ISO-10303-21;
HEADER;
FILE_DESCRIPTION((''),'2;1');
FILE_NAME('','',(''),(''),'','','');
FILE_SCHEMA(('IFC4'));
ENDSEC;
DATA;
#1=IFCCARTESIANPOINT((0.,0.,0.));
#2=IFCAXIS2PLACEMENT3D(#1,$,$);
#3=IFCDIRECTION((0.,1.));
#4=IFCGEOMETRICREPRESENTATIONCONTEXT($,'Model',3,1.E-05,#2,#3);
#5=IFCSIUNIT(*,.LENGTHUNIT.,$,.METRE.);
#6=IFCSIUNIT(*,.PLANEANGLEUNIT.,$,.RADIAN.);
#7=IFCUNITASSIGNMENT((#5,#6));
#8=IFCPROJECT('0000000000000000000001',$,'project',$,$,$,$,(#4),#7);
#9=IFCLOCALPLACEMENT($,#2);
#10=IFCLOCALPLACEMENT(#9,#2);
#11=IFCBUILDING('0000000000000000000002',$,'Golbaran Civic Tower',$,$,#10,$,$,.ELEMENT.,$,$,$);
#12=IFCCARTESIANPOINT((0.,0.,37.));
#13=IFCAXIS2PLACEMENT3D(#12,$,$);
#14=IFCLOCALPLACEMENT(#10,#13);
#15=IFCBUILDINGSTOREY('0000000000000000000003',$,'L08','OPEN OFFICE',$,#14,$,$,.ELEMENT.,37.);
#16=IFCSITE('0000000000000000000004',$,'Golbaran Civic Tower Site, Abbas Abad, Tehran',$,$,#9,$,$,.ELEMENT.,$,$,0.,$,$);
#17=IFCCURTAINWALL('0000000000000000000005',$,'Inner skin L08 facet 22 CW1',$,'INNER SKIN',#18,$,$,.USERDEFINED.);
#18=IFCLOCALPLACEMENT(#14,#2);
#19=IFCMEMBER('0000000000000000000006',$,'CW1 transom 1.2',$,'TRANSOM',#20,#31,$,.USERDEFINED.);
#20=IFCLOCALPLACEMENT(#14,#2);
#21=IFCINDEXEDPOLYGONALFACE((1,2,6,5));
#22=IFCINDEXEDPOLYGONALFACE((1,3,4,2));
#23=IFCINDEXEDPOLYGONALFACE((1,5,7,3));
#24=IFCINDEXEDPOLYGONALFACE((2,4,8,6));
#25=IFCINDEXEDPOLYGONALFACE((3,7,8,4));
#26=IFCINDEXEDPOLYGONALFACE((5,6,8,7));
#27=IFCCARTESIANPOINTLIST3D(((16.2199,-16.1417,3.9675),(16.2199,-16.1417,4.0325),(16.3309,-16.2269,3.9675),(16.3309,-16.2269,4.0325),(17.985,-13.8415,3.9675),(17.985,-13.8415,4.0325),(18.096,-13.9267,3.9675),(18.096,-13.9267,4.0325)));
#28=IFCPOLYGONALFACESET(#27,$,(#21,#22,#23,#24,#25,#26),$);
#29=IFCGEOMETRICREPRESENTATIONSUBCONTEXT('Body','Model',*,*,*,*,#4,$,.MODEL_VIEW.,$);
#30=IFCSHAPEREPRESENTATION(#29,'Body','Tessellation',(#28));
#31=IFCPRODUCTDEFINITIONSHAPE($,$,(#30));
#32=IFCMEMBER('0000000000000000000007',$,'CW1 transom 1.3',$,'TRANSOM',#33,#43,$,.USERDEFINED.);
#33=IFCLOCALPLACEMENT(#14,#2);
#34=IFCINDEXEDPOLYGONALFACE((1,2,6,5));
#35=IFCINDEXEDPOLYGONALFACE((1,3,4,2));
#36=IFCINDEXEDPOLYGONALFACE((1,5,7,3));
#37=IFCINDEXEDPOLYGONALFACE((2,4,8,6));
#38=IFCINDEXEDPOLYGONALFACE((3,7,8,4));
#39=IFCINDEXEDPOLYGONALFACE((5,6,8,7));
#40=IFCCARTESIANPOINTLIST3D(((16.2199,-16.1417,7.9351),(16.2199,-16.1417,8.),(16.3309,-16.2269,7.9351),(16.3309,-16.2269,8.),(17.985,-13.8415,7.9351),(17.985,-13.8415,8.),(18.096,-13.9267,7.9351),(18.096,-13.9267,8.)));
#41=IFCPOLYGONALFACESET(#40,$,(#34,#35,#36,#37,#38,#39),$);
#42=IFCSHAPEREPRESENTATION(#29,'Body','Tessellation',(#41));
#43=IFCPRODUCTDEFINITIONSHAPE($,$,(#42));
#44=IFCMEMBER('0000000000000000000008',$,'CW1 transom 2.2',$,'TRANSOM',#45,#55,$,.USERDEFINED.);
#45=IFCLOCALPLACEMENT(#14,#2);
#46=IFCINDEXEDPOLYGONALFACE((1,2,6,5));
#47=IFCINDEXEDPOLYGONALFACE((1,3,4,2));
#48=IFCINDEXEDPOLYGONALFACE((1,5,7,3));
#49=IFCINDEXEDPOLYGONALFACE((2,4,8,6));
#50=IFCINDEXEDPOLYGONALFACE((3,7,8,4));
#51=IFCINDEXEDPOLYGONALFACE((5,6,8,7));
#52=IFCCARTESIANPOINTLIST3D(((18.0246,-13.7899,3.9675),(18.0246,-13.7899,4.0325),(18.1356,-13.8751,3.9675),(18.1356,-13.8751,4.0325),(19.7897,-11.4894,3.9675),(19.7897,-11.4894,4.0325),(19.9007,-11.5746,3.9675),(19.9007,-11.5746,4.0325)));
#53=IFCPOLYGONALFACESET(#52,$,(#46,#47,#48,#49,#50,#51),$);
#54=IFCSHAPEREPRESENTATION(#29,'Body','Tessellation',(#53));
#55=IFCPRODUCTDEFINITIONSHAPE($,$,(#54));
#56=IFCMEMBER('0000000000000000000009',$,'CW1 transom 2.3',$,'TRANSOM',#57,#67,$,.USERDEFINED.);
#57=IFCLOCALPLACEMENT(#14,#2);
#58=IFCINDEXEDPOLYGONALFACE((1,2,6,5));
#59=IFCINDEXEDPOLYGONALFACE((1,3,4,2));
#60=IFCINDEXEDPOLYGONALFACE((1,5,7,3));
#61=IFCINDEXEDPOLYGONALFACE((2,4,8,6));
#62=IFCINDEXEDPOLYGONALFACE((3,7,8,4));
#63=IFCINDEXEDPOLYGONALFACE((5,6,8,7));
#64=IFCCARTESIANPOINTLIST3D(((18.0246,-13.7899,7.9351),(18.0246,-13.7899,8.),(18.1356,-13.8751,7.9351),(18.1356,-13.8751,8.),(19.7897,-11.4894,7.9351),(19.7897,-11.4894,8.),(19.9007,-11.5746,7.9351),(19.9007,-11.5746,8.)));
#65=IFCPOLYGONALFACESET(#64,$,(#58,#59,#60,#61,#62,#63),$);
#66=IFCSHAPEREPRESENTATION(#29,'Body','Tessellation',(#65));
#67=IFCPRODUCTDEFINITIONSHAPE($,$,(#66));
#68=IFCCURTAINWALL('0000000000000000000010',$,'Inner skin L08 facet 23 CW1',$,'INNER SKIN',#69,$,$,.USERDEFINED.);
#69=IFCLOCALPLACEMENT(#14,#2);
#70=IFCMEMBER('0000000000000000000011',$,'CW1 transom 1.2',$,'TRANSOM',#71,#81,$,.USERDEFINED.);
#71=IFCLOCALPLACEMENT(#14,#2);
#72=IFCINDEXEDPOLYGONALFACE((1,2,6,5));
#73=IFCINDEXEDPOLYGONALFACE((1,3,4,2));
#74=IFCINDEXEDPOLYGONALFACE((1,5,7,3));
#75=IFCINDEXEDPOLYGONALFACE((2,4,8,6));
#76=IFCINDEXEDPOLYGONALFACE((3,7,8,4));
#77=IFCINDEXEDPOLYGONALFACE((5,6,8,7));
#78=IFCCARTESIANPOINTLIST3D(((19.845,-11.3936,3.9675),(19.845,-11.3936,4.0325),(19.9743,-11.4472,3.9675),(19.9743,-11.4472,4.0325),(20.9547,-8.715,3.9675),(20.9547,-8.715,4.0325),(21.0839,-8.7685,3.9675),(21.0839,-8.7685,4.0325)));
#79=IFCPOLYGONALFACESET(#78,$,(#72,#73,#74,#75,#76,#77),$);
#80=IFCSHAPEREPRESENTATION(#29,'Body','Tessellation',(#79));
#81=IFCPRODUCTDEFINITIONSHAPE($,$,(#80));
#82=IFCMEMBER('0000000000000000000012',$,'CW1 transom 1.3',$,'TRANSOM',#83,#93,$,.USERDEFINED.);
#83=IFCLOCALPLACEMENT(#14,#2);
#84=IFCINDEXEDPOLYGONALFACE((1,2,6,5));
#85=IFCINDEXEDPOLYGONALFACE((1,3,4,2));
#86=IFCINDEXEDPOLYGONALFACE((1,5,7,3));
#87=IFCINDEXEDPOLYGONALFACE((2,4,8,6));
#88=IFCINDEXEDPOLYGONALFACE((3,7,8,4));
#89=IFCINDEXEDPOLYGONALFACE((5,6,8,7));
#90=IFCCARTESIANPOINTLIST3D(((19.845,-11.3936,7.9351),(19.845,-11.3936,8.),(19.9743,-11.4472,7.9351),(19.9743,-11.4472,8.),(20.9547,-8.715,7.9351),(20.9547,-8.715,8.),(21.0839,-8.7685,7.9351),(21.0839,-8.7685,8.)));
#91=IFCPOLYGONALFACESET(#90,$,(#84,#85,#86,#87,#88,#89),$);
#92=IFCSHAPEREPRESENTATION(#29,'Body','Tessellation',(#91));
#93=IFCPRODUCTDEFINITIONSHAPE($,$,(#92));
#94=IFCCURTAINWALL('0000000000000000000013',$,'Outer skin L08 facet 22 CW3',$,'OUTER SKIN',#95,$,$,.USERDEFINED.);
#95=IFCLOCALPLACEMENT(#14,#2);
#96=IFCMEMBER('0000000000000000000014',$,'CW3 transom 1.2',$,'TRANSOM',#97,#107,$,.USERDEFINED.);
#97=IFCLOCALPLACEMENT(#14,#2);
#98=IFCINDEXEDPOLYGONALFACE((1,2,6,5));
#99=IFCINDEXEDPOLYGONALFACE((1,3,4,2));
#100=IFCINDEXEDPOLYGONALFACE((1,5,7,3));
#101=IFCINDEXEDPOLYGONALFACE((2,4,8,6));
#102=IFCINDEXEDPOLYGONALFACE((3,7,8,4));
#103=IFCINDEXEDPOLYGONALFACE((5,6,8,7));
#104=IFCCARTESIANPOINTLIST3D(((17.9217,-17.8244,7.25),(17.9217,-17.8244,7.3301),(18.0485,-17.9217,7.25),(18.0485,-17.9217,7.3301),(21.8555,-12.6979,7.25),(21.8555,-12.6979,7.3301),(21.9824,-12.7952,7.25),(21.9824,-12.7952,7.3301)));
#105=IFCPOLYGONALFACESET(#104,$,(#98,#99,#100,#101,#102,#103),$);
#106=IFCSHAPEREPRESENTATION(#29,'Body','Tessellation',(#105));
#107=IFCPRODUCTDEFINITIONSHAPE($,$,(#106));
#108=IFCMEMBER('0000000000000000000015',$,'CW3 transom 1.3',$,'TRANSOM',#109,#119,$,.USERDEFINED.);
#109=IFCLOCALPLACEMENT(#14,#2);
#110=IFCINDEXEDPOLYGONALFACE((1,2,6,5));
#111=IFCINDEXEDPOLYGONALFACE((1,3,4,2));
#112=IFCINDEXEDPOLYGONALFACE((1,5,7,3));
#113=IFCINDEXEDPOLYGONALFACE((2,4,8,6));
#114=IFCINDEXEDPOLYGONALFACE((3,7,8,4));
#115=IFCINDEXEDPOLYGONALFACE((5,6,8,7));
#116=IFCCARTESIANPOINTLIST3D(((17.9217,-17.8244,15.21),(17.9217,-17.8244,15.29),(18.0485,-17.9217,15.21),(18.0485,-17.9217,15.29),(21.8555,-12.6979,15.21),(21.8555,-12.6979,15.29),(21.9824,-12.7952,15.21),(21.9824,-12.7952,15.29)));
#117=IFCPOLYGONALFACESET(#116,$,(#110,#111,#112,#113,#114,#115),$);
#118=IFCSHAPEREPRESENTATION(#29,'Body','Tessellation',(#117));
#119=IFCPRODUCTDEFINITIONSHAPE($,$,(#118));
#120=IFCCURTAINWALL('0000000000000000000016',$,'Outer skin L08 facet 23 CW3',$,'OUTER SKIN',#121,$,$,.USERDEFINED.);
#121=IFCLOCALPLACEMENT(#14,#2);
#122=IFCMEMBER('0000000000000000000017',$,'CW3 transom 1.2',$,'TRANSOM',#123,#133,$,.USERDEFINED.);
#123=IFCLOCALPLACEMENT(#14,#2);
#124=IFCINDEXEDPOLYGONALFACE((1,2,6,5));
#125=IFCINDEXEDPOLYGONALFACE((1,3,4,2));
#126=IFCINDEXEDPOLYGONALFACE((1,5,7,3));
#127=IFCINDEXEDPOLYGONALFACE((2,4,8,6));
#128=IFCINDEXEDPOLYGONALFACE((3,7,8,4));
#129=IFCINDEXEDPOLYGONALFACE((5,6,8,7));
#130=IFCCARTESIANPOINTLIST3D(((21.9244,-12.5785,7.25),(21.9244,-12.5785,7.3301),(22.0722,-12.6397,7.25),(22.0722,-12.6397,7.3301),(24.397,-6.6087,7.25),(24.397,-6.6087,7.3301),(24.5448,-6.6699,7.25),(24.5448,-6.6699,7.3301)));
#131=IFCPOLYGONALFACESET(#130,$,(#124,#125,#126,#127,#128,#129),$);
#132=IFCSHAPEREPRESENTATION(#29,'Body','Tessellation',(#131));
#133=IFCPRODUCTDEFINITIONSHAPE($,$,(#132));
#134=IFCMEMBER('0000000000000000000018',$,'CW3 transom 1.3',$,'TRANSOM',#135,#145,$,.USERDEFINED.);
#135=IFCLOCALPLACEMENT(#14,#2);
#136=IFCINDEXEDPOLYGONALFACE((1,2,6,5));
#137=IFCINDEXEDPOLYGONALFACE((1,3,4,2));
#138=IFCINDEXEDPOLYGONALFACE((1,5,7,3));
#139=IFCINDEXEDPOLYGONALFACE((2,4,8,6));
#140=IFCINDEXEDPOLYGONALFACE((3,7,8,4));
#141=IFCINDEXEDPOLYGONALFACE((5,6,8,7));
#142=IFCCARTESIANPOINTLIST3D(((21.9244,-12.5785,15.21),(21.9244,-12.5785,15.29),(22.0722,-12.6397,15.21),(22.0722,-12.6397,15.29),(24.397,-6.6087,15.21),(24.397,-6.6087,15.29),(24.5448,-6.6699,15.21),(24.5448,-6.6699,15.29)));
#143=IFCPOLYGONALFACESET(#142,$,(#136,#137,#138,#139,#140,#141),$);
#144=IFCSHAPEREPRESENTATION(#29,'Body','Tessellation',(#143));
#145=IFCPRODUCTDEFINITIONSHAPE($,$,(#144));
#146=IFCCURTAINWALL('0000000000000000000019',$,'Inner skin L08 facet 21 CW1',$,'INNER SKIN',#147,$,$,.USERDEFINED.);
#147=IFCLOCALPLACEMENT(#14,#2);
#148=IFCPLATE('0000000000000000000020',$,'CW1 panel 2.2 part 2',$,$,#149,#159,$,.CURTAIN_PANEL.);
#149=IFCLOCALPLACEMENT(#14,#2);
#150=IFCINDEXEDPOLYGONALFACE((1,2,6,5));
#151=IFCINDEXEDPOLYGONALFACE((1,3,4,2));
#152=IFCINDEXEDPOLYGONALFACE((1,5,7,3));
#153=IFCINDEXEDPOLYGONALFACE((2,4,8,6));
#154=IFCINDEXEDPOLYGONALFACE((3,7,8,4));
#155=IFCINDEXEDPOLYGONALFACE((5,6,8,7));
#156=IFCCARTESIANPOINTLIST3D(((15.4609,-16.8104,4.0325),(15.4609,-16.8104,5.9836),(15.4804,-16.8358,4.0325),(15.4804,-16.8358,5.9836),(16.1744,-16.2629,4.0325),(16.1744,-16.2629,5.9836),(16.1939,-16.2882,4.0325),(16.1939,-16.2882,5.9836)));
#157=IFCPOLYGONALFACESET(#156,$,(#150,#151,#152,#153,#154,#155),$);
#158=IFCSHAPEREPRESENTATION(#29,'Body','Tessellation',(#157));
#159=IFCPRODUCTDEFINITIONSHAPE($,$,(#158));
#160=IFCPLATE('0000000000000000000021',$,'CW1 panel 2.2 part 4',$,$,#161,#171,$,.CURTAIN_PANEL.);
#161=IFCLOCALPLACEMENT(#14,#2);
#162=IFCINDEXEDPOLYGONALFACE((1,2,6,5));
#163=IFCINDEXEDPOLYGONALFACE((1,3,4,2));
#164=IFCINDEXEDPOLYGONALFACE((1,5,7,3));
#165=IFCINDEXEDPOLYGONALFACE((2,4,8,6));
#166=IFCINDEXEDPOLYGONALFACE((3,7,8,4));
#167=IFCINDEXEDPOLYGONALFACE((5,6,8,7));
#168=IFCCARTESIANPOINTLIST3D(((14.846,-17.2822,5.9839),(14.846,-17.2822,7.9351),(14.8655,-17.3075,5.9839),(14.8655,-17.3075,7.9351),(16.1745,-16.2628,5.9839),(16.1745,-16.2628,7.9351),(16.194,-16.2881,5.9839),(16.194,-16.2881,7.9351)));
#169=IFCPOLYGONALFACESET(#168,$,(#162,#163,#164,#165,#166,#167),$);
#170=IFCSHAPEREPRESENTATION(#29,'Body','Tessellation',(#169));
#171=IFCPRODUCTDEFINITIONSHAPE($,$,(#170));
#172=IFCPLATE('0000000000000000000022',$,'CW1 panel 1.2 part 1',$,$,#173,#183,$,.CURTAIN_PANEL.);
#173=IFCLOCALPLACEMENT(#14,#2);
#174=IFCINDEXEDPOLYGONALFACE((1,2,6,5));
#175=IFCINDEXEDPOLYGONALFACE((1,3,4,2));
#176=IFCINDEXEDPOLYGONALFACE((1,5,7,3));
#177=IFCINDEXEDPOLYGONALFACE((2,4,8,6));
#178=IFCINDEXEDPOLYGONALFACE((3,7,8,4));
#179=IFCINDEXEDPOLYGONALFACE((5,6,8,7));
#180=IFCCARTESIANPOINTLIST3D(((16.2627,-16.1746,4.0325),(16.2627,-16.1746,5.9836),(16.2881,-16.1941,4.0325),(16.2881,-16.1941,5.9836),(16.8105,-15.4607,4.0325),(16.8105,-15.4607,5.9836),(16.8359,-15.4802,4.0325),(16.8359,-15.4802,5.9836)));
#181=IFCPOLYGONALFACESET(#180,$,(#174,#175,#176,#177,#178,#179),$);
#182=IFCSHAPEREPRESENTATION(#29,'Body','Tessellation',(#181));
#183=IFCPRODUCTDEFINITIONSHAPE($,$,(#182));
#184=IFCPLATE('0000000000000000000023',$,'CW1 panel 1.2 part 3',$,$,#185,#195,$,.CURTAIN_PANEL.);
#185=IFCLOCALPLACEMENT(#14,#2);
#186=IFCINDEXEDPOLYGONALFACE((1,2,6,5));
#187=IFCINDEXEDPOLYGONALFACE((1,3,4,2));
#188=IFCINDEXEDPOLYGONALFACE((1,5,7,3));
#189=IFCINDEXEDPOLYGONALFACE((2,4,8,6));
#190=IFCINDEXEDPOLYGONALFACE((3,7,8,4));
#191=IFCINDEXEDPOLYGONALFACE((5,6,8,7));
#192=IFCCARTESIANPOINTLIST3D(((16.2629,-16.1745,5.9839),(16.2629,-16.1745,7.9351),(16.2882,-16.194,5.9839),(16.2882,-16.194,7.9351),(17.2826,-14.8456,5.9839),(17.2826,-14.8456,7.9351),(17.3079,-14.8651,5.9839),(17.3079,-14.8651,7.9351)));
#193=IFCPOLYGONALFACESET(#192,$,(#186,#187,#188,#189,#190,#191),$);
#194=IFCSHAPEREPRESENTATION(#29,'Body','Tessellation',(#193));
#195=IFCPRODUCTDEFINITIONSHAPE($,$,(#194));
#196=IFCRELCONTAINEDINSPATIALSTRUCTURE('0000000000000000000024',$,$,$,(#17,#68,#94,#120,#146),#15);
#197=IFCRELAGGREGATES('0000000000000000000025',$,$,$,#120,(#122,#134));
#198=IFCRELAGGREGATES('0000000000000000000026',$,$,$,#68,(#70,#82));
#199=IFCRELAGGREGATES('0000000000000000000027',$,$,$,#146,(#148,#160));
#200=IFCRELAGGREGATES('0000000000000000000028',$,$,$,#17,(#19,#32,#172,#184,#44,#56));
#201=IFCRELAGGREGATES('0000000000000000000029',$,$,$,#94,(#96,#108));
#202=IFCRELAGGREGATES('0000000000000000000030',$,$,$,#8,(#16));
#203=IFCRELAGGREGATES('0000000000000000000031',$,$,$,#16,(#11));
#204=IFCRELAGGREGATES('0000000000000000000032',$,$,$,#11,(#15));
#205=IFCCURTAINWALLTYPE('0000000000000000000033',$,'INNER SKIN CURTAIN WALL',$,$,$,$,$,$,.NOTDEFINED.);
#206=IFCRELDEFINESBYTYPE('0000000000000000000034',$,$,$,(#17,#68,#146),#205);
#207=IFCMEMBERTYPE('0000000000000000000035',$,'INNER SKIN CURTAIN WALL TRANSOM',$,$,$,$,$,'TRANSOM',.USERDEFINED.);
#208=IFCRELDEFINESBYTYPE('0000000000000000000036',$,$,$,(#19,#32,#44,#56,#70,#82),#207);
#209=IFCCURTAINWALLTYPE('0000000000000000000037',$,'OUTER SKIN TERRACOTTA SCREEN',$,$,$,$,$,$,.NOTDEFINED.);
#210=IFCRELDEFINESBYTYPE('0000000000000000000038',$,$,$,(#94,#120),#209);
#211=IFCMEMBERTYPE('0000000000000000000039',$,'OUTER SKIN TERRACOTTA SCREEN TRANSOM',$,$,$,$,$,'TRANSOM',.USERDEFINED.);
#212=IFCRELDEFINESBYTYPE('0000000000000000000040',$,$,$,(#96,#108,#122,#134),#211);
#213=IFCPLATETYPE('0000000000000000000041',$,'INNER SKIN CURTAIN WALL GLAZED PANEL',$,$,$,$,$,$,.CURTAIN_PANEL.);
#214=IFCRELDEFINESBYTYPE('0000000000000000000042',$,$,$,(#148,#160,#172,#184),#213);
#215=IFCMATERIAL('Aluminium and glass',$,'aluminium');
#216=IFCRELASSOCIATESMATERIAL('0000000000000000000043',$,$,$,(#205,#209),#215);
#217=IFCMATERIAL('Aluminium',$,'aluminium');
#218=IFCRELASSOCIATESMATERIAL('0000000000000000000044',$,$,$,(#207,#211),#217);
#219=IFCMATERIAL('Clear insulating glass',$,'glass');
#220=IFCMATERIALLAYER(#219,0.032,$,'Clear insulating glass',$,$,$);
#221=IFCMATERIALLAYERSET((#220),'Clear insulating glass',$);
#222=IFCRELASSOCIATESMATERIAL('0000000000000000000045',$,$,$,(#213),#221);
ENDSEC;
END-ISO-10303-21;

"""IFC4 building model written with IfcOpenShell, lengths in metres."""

from ifc_helpers import new_model, si_unit, direction, frame, origin, origin_2d, place, context, subcontext, project, spatial, rectangle, extrude, material, layer, layer_set, material_profile, profile_set, type_object, element, aggregate, save


model = new_model("IFC4")

# Units and contexts
model_context = context("Model", 3, precision=1e-05, world=origin(), true_north=direction((0.0, 1.0)))
body_context = subcontext(model_context, "Body", "Model", "MODEL_VIEW")
ifc_project = project(units=[si_unit("LENGTHUNIT", "METRE"), si_unit("PLANEANGLEUNIT", "RADIAN")], contexts=[model_context])

# Site, building, storey
site_placement = place(None, origin())
site = spatial("IfcSite", under=ifc_project, at=site_placement, Name="Golbaran Civic Tower Site, Abbas Abad, Tehran", CompositionType="ELEMENT", RefElevation=0.0)
building_placement = place(site_placement, origin())
building = spatial("IfcBuilding", under=site, at=building_placement, Name="Golbaran Civic Tower", CompositionType="ELEMENT")
storey_placement = place(building_placement, frame((0.0, 0.0, 37.0)))
storey = spatial("IfcBuildingStorey", under=building, at=storey_placement, Name="L08", Description="OPEN OFFICE", CompositionType="ELEMENT", Elevation=37.0)

# Curtain walls, members
ifc_material_1 = material(Name="Aluminium and glass", Category="aluminium")
curtain_wall_type_1 = type_object("IfcCurtainWallType", Name="INNER SKIN CURTAIN WALL", PredefinedType="NOTDEFINED", material=ifc_material_1)
curtain_wall_1_placement = place(storey_placement, origin())
curtain_wall_1 = element("IfcCurtainWall", 1, at=curtain_wall_1_placement, inside=storey, type_object=curtain_wall_type_1, Name="Inner skin L08 facet 22 CW1", ObjectType="INNER SKIN", PredefinedType="USERDEFINED")
ifc_material_2 = material(Name="Aluminium", Category="aluminium")
ifc_material_profile_1 = material_profile(ifc_material_2, rectangle(XDim=0.1399, YDim=0.0649, at=origin_2d()), Name="INNER SKIN CURTAIN WALL TRANSOM")
ifc_profile_set_1 = profile_set([ifc_material_profile_1], Name="Aluminium")
member_type_1 = type_object("IfcMemberType", Name="INNER SKIN CURTAIN WALL TRANSOM", ElementType="TRANSOM", PredefinedType="USERDEFINED", material=ifc_profile_set_1)
member_1_placement = place(storey_placement, frame((16.2754, -16.1843, 4.0), z_axis=(0.608774, 0.793343, 0.0), x_axis=(-0.793343, 0.608774, 0.0)))
member_1 = element("IfcMember", 2, at=member_1_placement, type_object=member_type_1, Name="CW1 transom 1.2", ObjectType="TRANSOM", PredefinedType="USERDEFINED", context=body_context, shape_type="SweptSolid", body=[
    extrude(rectangle(XDim=0.1399, YDim=0.0649, at=origin_2d()), origin(), (0.0, 0.0, 1.0), 2.8994),
])
member_2_placement = place(storey_placement, frame((16.2754, -16.1843, 7.9675), z_axis=(0.608774, 0.793343, 0.0), x_axis=(-0.793343, 0.608774, 0.0)))
member_2 = element("IfcMember", 3, at=member_2_placement, type_object=member_type_1, Name="CW1 transom 1.3", ObjectType="TRANSOM", PredefinedType="USERDEFINED", context=body_context, shape_type="SweptSolid", body=[
    extrude(rectangle(XDim=0.1399, YDim=0.0649, at=origin_2d()), origin(), (0.0, 0.0, 1.0), 2.8994),
])
member_3_placement = place(storey_placement, frame((18.0801, -13.8325, 4.0), z_axis=(0.608734, 0.793375, 0.0), x_axis=(-0.793375, 0.608734, 0.0)))
member_3 = element("IfcMember", 4, at=member_3_placement, type_object=member_type_1, Name="CW1 transom 2.2", ObjectType="TRANSOM", PredefinedType="USERDEFINED", context=body_context, shape_type="SweptSolid", body=[
    extrude(rectangle(XDim=0.1399, YDim=0.0649, at=origin_2d()), origin(), (0.0, 0.0, 1.0), 2.8997),
])
member_4_placement = place(storey_placement, frame((18.0801, -13.8325, 7.9675), z_axis=(0.608734, 0.793375, 0.0), x_axis=(-0.793375, 0.608734, 0.0)))
member_4 = element("IfcMember", 5, at=member_4_placement, type_object=member_type_1, Name="CW1 transom 2.3", ObjectType="TRANSOM", PredefinedType="USERDEFINED", context=body_context, shape_type="SweptSolid", body=[
    extrude(rectangle(XDim=0.1399, YDim=0.0649, at=origin_2d()), origin(), (0.0, 0.0, 1.0), 2.8997),
])
curtain_wall_2_placement = place(storey_placement, origin())
curtain_wall_2 = element("IfcCurtainWall", 6, at=curtain_wall_2_placement, inside=storey, type_object=curtain_wall_type_1, Name="Inner skin L08 facet 23 CW1", ObjectType="INNER SKIN", PredefinedType="USERDEFINED")
member_5_placement = place(storey_placement, frame((19.9097, -11.4204, 4.0), z_axis=(0.382701, 0.923872, 0.0), x_axis=(-0.923872, 0.382701, 0.0)))
member_5 = element("IfcMember", 7, at=member_5_placement, type_object=member_type_1, Name="CW1 transom 1.2", ObjectType="TRANSOM", PredefinedType="USERDEFINED", context=body_context, shape_type="SweptSolid", body=[
    extrude(rectangle(XDim=0.1399, YDim=0.0649, at=origin_2d()), origin(), (0.0, 0.0, 1.0), 2.8994),
])
member_6_placement = place(storey_placement, frame((19.9097, -11.4204, 7.9675), z_axis=(0.382701, 0.923872, 0.0), x_axis=(-0.923872, 0.382701, 0.0)))
member_6 = element("IfcMember", 8, at=member_6_placement, type_object=member_type_1, Name="CW1 transom 1.3", ObjectType="TRANSOM", PredefinedType="USERDEFINED", context=body_context, shape_type="SweptSolid", body=[
    extrude(rectangle(XDim=0.1399, YDim=0.0649, at=origin_2d()), origin(), (0.0, 0.0, 1.0), 2.8994),
])
curtain_wall_type_2 = type_object("IfcCurtainWallType", Name="OUTER SKIN TERRACOTTA SCREEN", PredefinedType="NOTDEFINED", material=ifc_material_1)
curtain_wall_3_placement = place(storey_placement, origin())
curtain_wall_3 = element("IfcCurtainWall", 9, at=curtain_wall_3_placement, inside=storey, type_object=curtain_wall_type_2, Name="Outer skin L08 facet 22 CW3", ObjectType="OUTER SKIN", PredefinedType="USERDEFINED")
ifc_material_profile_2 = material_profile(ifc_material_2, rectangle(XDim=0.1599, YDim=0.0801, at=origin_2d()), Name="OUTER SKIN TERRACOTTA SCREEN TRANSOM")
ifc_profile_set_2 = profile_set([ifc_material_profile_2], Name="Aluminium")
member_type_2 = type_object("IfcMemberType", Name="OUTER SKIN TERRACOTTA SCREEN TRANSOM", ElementType="TRANSOM", PredefinedType="USERDEFINED", material=ifc_profile_set_2)
member_7_placement = place(storey_placement, frame((17.9851, -17.873, 7.29), z_axis=(0.608777, 0.793341, 0.0), x_axis=(-0.793341, 0.608777, 0.0)))
member_7 = element("IfcMember", 10, at=member_7_placement, type_object=member_type_2, Name="CW3 transom 1.2", ObjectType="TRANSOM", PredefinedType="USERDEFINED", context=body_context, shape_type="SweptSolid", body=[
    extrude(rectangle(XDim=0.1599, YDim=0.0801, at=origin_2d()), origin(), (0.0, 0.0, 1.0), 6.4619),
])
member_8_placement = place(storey_placement, frame((17.9851, -17.873, 15.25), z_axis=(0.608777, 0.793341, 0.0), x_axis=(-0.793341, 0.608777, 0.0)))
member_8 = element("IfcMember", 11, at=member_8_placement, type_object=member_type_2, Name="CW3 transom 1.3", ObjectType="TRANSOM", PredefinedType="USERDEFINED", context=body_context, shape_type="SweptSolid", body=[
    extrude(rectangle(XDim=0.1599, YDim=0.0801, at=origin_2d()), origin(), (0.0, 0.0, 1.0), 6.4619),
])
curtain_wall_4_placement = place(storey_placement, origin())
curtain_wall_4 = element("IfcCurtainWall", 12, at=curtain_wall_4_placement, inside=storey, type_object=curtain_wall_type_2, Name="Outer skin L08 facet 23 CW3", ObjectType="OUTER SKIN", PredefinedType="USERDEFINED")
member_9_placement = place(storey_placement, frame((21.9983, -12.6091, 7.29), z_axis=(0.382659, 0.92389, 0.0), x_axis=(-0.92389, 0.382659, 0.0)))
member_9 = element("IfcMember", 13, at=member_9_placement, type_object=member_type_2, Name="CW3 transom 1.2", ObjectType="TRANSOM", PredefinedType="USERDEFINED", context=body_context, shape_type="SweptSolid", body=[
    extrude(rectangle(XDim=0.1599, YDim=0.0801, at=origin_2d()), origin(), (0.0, 0.0, 1.0), 6.4617),
])
member_10_placement = place(storey_placement, frame((21.9983, -12.6091, 15.25), z_axis=(0.382659, 0.92389, 0.0), x_axis=(-0.92389, 0.382659, 0.0)))
member_10 = element("IfcMember", 14, at=member_10_placement, type_object=member_type_2, Name="CW3 transom 1.3", ObjectType="TRANSOM", PredefinedType="USERDEFINED", context=body_context, shape_type="SweptSolid", body=[
    extrude(rectangle(XDim=0.1599, YDim=0.0801, at=origin_2d()), origin(), (0.0, 0.0, 1.0), 6.4617),
])
aggregate(curtain_wall_4, [member_9, member_10])

# Curtain wall, plates
curtain_wall_5_placement = place(storey_placement, origin())
curtain_wall_5 = element("IfcCurtainWall", 15, at=curtain_wall_5_placement, inside=storey, type_object=curtain_wall_type_1, Name="Inner skin L08 facet 21 CW1", ObjectType="INNER SKIN", PredefinedType="USERDEFINED")
ifc_material_3 = material(Name="Clear insulating glass", Category="glass")
ifc_layer_1 = layer(ifc_material_3, 0.032, Name="Clear insulating glass")
ifc_layer_set_1 = layer_set([ifc_layer_1], Name="Clear insulating glass")
plate_type_1 = type_object("IfcPlateType", Name="INNER SKIN CURTAIN WALL GLAZED PANEL", PredefinedType="CURTAIN_PANEL", material=ifc_layer_set_1)
plate_1_placement = place(storey_placement, frame((15.8274, -16.5493, 4.0325), z_axis=(0.0, 0.0, 1.0), x_axis=(0.793353, 0.608761, 0.0)))
plate_1 = element("IfcPlate", 16, at=plate_1_placement, type_object=plate_type_1, Name="CW1 panel 2.2 part 2", PredefinedType="CURTAIN_PANEL", context=body_context, shape_type="SweptSolid", body=[
    extrude(rectangle(XDim=0.8994, YDim=0.032, at=origin_2d()), origin(), (0.0, 0.0, 1.0), 1.9512),
])
plate_2_placement = place(storey_placement, frame((15.52, -16.7852, 5.9839), z_axis=(0.0, 0.0, 1.0), x_axis=(0.793353, 0.608761, 0.0)))
plate_2 = element("IfcPlate", 17, at=plate_2_placement, type_object=plate_type_1, Name="CW1 panel 2.2 part 4", PredefinedType="CURTAIN_PANEL", context=body_context, shape_type="SweptSolid", body=[
    extrude(rectangle(XDim=1.6746, YDim=0.032, at=origin_2d()), origin(), (0.0, 0.0, 1.0), 1.9512),
])

# Plates
plate_3_placement = place(storey_placement, frame((16.5493, -15.8274, 4.0325), z_axis=(0.0, 0.0, 1.0), x_axis=(0.608761, 0.793353, 0.0)))
plate_3 = element("IfcPlate", 18, at=plate_3_placement, type_object=plate_type_1, Name="CW1 panel 1.2 part 1", PredefinedType="CURTAIN_PANEL", context=body_context, shape_type="SweptSolid", body=[
    extrude(rectangle(XDim=0.8999, YDim=0.032, at=origin_2d()), origin(), (0.0, 0.0, 1.0), 1.9512),
])
plate_4_placement = place(storey_placement, frame((16.7854, -15.5198, 5.9839), z_axis=(0.0, 0.0, 1.0), x_axis=(0.608761, 0.793353, 0.0)))
plate_4 = element("IfcPlate", 19, at=plate_4_placement, type_object=plate_type_1, Name="CW1 panel 1.2 part 3", PredefinedType="CURTAIN_PANEL", context=body_context, shape_type="SweptSolid", body=[
    extrude(rectangle(XDim=1.675, YDim=0.032, at=origin_2d()), origin(), (0.0, 0.0, 1.0), 1.9512),
])
aggregate(curtain_wall_2, [member_5, member_6])
aggregate(curtain_wall_5, [plate_1, plate_2])
aggregate(curtain_wall_1, [member_1, member_2, plate_3, plate_4, member_3, member_4])
aggregate(curtain_wall_3, [member_7, member_8])

save(model, "model.ifc")
